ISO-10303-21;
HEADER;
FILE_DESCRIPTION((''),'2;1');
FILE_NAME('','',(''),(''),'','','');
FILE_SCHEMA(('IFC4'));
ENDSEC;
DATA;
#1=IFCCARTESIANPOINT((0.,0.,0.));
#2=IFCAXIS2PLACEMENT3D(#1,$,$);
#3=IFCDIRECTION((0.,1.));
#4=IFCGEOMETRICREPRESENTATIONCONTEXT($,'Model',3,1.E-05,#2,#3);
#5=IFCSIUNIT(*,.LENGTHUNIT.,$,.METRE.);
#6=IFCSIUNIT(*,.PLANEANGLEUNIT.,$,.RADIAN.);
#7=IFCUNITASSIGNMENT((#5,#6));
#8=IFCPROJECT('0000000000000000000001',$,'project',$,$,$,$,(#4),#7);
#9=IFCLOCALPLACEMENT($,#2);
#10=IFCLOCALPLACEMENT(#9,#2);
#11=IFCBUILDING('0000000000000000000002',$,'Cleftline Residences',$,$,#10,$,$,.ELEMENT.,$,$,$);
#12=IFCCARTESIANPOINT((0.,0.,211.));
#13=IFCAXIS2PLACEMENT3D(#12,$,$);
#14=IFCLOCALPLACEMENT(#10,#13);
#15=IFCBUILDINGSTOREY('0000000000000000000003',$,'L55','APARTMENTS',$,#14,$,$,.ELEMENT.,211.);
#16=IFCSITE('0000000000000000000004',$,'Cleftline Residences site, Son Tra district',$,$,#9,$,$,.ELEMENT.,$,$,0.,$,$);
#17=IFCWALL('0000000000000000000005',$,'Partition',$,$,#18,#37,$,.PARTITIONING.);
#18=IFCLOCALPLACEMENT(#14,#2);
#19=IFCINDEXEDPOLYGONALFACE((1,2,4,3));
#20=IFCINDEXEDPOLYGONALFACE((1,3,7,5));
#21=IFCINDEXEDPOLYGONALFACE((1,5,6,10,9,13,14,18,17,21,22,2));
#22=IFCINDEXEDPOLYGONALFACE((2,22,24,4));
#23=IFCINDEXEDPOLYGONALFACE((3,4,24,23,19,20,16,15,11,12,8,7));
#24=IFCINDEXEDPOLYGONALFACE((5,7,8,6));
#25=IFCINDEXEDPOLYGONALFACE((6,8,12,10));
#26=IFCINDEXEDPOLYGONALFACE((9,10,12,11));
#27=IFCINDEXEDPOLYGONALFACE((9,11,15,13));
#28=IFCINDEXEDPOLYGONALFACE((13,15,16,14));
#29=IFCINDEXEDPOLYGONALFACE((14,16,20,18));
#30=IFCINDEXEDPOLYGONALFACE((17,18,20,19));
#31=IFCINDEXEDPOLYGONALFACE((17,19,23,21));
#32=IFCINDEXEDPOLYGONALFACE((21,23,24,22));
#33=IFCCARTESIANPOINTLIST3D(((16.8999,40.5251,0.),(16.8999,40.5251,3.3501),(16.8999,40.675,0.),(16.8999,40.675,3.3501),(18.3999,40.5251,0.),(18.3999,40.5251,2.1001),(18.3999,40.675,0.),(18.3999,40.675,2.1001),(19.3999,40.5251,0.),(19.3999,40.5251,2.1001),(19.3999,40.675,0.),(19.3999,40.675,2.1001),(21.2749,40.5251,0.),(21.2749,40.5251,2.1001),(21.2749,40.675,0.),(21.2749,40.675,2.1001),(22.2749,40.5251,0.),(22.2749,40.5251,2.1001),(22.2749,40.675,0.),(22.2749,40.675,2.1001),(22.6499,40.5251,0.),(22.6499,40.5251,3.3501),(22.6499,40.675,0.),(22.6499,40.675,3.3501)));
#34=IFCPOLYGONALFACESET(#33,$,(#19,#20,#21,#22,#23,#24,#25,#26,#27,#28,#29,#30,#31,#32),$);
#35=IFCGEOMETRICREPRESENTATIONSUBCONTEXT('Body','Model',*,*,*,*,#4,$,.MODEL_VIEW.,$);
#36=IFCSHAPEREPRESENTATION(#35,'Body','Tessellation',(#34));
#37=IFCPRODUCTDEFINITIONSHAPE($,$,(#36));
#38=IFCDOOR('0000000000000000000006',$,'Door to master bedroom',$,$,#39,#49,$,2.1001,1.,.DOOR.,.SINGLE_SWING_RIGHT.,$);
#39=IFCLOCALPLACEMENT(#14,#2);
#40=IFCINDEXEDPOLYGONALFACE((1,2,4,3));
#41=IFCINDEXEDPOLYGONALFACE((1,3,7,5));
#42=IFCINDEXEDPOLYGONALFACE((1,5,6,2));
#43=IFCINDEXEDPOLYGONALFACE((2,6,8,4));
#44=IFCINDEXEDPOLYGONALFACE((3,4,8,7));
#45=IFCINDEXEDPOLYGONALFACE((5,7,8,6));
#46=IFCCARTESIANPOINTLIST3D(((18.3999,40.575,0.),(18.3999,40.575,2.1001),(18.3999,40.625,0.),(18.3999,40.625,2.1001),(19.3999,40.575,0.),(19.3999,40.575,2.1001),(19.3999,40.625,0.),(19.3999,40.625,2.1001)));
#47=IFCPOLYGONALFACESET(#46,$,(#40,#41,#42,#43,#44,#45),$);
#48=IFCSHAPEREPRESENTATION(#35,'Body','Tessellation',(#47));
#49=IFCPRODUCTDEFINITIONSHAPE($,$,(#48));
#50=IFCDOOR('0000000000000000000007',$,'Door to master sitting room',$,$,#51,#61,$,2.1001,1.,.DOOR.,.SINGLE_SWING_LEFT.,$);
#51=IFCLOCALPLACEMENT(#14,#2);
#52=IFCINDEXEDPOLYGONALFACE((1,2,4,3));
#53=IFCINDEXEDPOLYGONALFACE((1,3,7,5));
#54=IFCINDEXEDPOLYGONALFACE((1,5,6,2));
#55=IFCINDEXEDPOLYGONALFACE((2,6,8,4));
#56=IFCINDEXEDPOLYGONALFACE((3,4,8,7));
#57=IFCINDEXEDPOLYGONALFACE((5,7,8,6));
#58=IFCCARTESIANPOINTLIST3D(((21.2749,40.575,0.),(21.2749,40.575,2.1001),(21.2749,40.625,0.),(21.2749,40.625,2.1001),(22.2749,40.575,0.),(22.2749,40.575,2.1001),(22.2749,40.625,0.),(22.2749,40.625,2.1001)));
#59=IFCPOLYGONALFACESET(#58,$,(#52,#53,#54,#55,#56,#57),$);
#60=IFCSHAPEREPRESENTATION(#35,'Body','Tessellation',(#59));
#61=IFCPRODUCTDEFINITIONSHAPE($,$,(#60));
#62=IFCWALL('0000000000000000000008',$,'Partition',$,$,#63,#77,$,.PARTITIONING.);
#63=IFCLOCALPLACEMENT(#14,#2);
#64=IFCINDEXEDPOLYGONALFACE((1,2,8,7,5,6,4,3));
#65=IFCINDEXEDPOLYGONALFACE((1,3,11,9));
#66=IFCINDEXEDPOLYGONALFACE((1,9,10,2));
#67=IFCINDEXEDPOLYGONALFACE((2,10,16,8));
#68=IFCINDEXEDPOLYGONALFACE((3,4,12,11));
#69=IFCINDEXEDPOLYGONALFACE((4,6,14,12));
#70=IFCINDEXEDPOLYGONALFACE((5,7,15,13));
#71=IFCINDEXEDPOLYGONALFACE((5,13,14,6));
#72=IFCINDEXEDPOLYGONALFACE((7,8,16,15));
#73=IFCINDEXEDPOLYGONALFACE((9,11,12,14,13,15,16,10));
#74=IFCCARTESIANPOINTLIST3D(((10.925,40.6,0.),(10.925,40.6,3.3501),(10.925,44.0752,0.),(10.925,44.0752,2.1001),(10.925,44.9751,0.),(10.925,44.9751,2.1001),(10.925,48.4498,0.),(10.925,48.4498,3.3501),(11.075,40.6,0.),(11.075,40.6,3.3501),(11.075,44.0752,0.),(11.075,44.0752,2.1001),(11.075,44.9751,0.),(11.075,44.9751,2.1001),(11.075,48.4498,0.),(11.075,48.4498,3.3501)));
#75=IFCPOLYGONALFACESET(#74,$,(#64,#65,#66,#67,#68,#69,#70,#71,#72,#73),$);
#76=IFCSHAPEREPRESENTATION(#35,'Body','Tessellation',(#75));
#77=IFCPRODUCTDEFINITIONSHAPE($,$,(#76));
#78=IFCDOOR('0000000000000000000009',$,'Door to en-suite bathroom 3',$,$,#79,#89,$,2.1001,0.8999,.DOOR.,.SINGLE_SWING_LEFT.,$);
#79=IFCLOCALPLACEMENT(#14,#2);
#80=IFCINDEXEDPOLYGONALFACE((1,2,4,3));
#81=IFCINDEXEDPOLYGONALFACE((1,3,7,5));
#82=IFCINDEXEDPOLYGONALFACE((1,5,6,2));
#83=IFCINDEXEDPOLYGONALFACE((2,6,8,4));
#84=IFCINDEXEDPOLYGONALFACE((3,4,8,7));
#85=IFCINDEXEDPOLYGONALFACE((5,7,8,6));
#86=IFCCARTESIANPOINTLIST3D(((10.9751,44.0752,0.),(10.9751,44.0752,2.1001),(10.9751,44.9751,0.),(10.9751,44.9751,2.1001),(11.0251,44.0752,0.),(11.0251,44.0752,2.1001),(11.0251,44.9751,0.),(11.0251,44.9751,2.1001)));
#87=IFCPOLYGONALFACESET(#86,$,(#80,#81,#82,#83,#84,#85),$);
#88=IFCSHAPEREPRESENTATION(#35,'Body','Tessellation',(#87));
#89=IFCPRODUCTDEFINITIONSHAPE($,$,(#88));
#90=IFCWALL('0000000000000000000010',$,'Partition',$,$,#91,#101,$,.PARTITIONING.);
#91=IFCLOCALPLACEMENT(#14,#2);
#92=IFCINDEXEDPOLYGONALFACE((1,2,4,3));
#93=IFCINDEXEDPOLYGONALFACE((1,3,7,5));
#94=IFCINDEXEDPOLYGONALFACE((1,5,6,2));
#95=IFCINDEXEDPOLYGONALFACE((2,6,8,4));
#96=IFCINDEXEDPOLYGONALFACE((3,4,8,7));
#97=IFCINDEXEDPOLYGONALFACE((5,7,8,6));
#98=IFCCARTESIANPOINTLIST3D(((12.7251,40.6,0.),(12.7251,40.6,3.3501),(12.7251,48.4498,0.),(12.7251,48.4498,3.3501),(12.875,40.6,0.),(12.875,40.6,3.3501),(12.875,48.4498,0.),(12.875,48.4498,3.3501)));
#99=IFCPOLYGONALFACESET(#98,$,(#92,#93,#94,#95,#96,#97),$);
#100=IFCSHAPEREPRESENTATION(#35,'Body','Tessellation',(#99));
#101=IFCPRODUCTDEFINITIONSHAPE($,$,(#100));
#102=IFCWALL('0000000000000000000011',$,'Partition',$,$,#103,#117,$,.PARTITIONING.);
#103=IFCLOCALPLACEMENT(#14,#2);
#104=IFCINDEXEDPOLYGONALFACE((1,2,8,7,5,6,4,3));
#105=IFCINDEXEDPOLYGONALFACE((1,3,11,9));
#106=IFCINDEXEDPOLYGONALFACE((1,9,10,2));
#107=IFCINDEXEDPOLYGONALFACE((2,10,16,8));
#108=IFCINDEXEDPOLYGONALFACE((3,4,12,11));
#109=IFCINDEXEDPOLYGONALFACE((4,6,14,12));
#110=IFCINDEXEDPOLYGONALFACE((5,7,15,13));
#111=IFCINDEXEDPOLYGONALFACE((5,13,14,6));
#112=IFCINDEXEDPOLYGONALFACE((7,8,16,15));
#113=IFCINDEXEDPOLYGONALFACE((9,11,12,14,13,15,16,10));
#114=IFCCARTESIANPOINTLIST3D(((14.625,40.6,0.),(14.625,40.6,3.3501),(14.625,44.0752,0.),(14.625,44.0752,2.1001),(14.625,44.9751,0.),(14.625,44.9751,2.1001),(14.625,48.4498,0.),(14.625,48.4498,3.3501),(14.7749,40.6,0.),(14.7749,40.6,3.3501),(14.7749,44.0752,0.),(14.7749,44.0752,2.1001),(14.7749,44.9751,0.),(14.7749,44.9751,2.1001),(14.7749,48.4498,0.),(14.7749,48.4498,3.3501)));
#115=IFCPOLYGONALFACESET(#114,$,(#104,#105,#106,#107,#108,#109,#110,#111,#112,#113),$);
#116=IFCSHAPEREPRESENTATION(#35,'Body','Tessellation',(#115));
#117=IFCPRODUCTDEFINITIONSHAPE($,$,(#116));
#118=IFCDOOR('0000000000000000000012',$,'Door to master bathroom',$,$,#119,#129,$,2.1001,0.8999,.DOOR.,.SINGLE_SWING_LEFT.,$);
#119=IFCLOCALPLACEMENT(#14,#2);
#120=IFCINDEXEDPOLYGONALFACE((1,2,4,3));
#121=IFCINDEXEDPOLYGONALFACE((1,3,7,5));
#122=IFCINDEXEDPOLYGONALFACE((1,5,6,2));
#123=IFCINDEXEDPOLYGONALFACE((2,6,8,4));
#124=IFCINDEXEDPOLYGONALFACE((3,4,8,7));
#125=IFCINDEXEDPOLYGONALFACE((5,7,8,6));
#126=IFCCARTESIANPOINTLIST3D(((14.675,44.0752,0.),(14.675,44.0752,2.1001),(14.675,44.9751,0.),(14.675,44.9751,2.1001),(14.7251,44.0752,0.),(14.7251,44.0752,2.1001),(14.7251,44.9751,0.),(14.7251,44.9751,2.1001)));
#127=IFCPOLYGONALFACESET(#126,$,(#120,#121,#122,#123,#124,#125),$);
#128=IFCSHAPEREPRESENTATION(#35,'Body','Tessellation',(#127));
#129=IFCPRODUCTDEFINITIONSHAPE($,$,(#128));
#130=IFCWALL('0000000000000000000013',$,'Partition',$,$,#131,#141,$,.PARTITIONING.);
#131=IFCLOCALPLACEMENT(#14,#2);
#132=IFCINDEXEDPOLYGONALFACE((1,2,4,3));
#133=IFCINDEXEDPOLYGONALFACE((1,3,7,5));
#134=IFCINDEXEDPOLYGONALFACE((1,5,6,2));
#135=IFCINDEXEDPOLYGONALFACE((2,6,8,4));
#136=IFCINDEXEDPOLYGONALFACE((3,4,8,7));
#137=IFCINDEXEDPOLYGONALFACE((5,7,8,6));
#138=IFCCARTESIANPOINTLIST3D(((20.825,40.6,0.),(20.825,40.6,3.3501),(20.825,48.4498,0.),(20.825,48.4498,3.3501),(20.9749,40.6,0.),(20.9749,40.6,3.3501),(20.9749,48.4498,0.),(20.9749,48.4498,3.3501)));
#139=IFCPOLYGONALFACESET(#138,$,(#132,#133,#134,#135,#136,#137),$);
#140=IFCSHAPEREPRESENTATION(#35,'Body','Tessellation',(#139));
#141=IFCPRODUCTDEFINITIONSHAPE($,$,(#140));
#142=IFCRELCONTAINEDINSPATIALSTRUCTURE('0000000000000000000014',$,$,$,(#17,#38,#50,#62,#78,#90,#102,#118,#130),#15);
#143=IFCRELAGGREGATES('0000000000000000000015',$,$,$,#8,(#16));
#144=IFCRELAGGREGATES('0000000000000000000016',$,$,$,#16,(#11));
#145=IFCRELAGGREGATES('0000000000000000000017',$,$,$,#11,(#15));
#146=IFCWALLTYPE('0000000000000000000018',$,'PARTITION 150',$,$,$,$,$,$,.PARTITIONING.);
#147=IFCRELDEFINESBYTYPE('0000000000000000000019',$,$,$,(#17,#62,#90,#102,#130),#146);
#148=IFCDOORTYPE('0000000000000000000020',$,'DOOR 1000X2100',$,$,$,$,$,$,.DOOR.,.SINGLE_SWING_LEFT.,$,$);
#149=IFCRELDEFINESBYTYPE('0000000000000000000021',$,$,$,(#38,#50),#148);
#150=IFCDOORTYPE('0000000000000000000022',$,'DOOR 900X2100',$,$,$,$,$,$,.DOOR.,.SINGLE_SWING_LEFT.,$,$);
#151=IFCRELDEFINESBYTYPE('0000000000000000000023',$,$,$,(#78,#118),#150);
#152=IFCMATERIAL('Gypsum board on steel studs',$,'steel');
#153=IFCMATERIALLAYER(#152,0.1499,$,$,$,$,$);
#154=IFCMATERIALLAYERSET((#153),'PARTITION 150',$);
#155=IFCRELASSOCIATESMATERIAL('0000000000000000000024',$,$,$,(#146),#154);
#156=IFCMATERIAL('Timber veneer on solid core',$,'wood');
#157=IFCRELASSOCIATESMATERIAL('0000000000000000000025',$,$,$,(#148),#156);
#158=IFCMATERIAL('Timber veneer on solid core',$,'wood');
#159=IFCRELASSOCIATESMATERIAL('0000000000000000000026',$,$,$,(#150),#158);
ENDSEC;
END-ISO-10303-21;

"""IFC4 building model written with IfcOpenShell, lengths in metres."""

from ifc_helpers import new_model, si_unit, direction, frame, frame_2d, origin, place, context, subcontext, project, spatial, rectangle, extrude, material, layer, layer_set, type_object, element, fill, save


model = new_model("IFC4")

# Units and contexts
model_context = context("Model", 3, precision=1e-05, world=origin(), true_north=direction((0.0, 1.0)))
body_context = subcontext(model_context, "Body", "Model", "MODEL_VIEW")
ifc_project = project(units=[si_unit("LENGTHUNIT", "METRE"), si_unit("PLANEANGLEUNIT", "RADIAN")], contexts=[model_context])

# Site, building, storey
site_placement = place(None, origin())
site = spatial("IfcSite", under=ifc_project, at=site_placement, Name="Cleftline Residences site, Son Tra district", CompositionType="ELEMENT", RefElevation=0.0)
building_placement = place(site_placement, origin())
building = spatial("IfcBuilding", under=site, at=building_placement, Name="Cleftline Residences", CompositionType="ELEMENT")
storey_placement = place(building_placement, frame((0.0, 0.0, 211.0)))
storey = spatial("IfcBuildingStorey", under=building, at=storey_placement, Name="L55", Description="APARTMENTS", CompositionType="ELEMENT", Elevation=211.0)

# Shared definitions
ifc_material_1 = material(Name="Gypsum board on steel studs", Category="steel")
ifc_layer = layer(ifc_material_1, 0.1499)
ifc_layer_set = layer_set([ifc_layer], Name="PARTITION 150")
wall_type = type_object("IfcWallType", Name="PARTITION 150", PredefinedType="PARTITIONING", material=ifc_layer_set)
ifc_material_2 = material(Name="Timber veneer on solid core", Category="wood")
door_type_1 = type_object("IfcDoorType", Name="DOOR 1000X2100", OperationType="SINGLE_SWING_LEFT", PredefinedType="DOOR", material=ifc_material_2)

# Wall, openings, doors
wall_1_placement = place(storey_placement, frame((16.8999, 40.6001, 0.0), z_axis=(0.0, 0.0, 1.0), x_axis=(1.0, 0.0, 0.0)))
wall_1 = element("IfcWall", 1, at=wall_1_placement, inside=storey, type_object=wall_type, Name="Partition", PredefinedType="PARTITIONING", context=body_context, shape_type="SweptSolid", body=[
    extrude(rectangle(XDim=5.75, YDim=0.1499, at=frame_2d((2.875, 0.0))), origin(), (0.0, 0.0, 1.0), 3.3501),
])
opening_1_placement = place(wall_1_placement, frame((1.5, 0.0, 0.0)))
opening_1 = element("IfcOpeningElement", 2, at=opening_1_placement, cuts=wall_1, PredefinedType="OPENING", context=body_context, shape_type="SweptSolid", body=[
    extrude(rectangle(XDim=1.0, YDim=2.1001, at=frame_2d((0.5, 1.05))), frame((0.0, 0.085, 0.0), z_axis=(0.0, -1.0, 0.0), x_axis=(1.0, 0.0, 0.0)), (0.0, 0.0, 1.0), 0.1699),
])
opening_2_placement = place(wall_1_placement, frame((4.375, 0.0, 0.0)))
opening_2 = element("IfcOpeningElement", 3, at=opening_2_placement, cuts=wall_1, PredefinedType="OPENING", context=body_context, shape_type="SweptSolid", body=[
    extrude(rectangle(XDim=1.0, YDim=2.1001, at=frame_2d((0.5, 1.05))), frame((0.0, 0.085, 0.0), z_axis=(0.0, -1.0, 0.0), x_axis=(1.0, 0.0, 0.0)), (0.0, 0.0, 1.0), 0.1699),
])
door_1_placement = place(opening_1_placement, origin())
door_1 = element("IfcDoor", 4, at=door_1_placement, inside=storey, type_object=door_type_1, Name="Door to master bedroom", OperationType="SINGLE_SWING_RIGHT", OverallHeight=2.1001, OverallWidth=1.0, PredefinedType="DOOR", context=body_context, shape_type="SweptSolid", body=[
    extrude(rectangle(XDim=1.0, YDim=2.1001, at=frame_2d((0.5, 1.05))), frame((0.0, 0.0249, 0.0), z_axis=(0.0, -1.0, 0.0), x_axis=(1.0, 0.0, 0.0)), (0.0, 0.0, 1.0), 0.05),
])
fill(opening_1, door_1)
door_2_placement = place(opening_2_placement, origin())
door_2 = element("IfcDoor", 5, at=door_2_placement, inside=storey, type_object=door_type_1, Name="Door to master sitting room", OperationType="SINGLE_SWING_LEFT", OverallHeight=2.1001, OverallWidth=1.0, PredefinedType="DOOR", context=body_context, shape_type="SweptSolid", body=[
    extrude(rectangle(XDim=1.0, YDim=2.1001, at=frame_2d((0.5, 1.05))), frame((0.0, 0.0249, 0.0), z_axis=(0.0, -1.0, 0.0), x_axis=(1.0, 0.0, 0.0)), (0.0, 0.0, 1.0), 0.05),
])
fill(opening_2, door_2)

# Wall, opening, door
wall_2_placement = place(storey_placement, frame((11.0, 40.6001, 0.0), z_axis=(0.0, 0.0, 1.0), x_axis=(0.0, 1.0, 0.0)))
wall_2 = element("IfcWall", 6, at=wall_2_placement, inside=storey, type_object=wall_type, Name="Partition", PredefinedType="PARTITIONING", context=body_context, shape_type="SweptSolid", body=[
    extrude(rectangle(XDim=7.8499, YDim=0.1499, at=frame_2d((3.9248, 0.0))), origin(), (0.0, 0.0, 1.0), 3.3501),
])
opening_3_placement = place(wall_2_placement, frame((3.4751, 0.0, 0.0)))
opening_3 = element("IfcOpeningElement", 7, at=opening_3_placement, cuts=wall_2, PredefinedType="OPENING", context=body_context, shape_type="SweptSolid", body=[
    extrude(rectangle(XDim=0.8999, YDim=2.1001, at=frame_2d((0.45, 1.05))), frame((0.0, 0.085, 0.0), z_axis=(0.0, -1.0, 0.0), x_axis=(1.0, 0.0, 0.0)), (0.0, 0.0, 1.0), 0.1699),
])
ifc_material_3 = material(Name="Timber veneer on solid core", Category="wood")
door_type_2 = type_object("IfcDoorType", Name="DOOR 900X2100", OperationType="SINGLE_SWING_LEFT", PredefinedType="DOOR", material=ifc_material_3)
door_3_placement = place(opening_3_placement, origin())
door_3 = element("IfcDoor", 8, at=door_3_placement, inside=storey, type_object=door_type_2, Name="Door to en-suite bathroom 3", OperationType="SINGLE_SWING_LEFT", OverallHeight=2.1001, OverallWidth=0.8999, PredefinedType="DOOR", context=body_context, shape_type="SweptSolid", body=[
    extrude(rectangle(XDim=0.8999, YDim=2.1001, at=frame_2d((0.45, 1.05))), frame((0.0, 0.0249, 0.0), z_axis=(0.0, -1.0, 0.0), x_axis=(1.0, 0.0, 0.0)), (0.0, 0.0, 1.0), 0.05),
])
fill(opening_3, door_3)

# Wall
wall_3_placement = place(storey_placement, frame((12.8, 40.6001, 0.0), z_axis=(0.0, 0.0, 1.0), x_axis=(0.0, 1.0, 0.0)))
element("IfcWall", 9, at=wall_3_placement, inside=storey, type_object=wall_type, Name="Partition", PredefinedType="PARTITIONING", context=body_context, shape_type="SweptSolid", body=[
    extrude(rectangle(XDim=7.8499, YDim=0.1499, at=frame_2d((3.9248, 0.0))), origin(), (0.0, 0.0, 1.0), 3.3501),
])

# Wall, opening, door
wall_4_placement = place(storey_placement, frame((14.7, 40.6001, 0.0), z_axis=(0.0, 0.0, 1.0), x_axis=(0.0, 1.0, 0.0)))
wall_4 = element("IfcWall", 10, at=wall_4_placement, inside=storey, type_object=wall_type, Name="Partition", PredefinedType="PARTITIONING", context=body_context, shape_type="SweptSolid", body=[
    extrude(rectangle(XDim=7.8499, YDim=0.1499, at=frame_2d((3.9248, 0.0))), origin(), (0.0, 0.0, 1.0), 3.3501),
])
opening_4_placement = place(wall_4_placement, frame((3.4751, 0.0, 0.0)))
opening_4 = element("IfcOpeningElement", 11, at=opening_4_placement, cuts=wall_4, PredefinedType="OPENING", context=body_context, shape_type="SweptSolid", body=[
    extrude(rectangle(XDim=0.8999, YDim=2.1001, at=frame_2d((0.45, 1.05))), frame((0.0, 0.085, 0.0), z_axis=(0.0, -1.0, 0.0), x_axis=(1.0, 0.0, 0.0)), (0.0, 0.0, 1.0), 0.1699),
])
door_4_placement = place(opening_4_placement, origin())
door_4 = element("IfcDoor", 12, at=door_4_placement, inside=storey, type_object=door_type_2, Name="Door to master bathroom", OperationType="SINGLE_SWING_LEFT", OverallHeight=2.1001, OverallWidth=0.8999, PredefinedType="DOOR", context=body_context, shape_type="SweptSolid", body=[
    extrude(rectangle(XDim=0.8999, YDim=2.1001, at=frame_2d((0.45, 1.05))), frame((0.0, 0.0249, 0.0), z_axis=(0.0, -1.0, 0.0), x_axis=(1.0, 0.0, 0.0)), (0.0, 0.0, 1.0), 0.05),
])
fill(opening_4, door_4)

# Wall
wall_5_placement = place(storey_placement, frame((20.8999, 40.6001, 0.0), z_axis=(0.0, 0.0, 1.0), x_axis=(0.0, 1.0, 0.0)))
element("IfcWall", 13, at=wall_5_placement, inside=storey, type_object=wall_type, Name="Partition", PredefinedType="PARTITIONING", context=body_context, shape_type="SweptSolid", body=[
    extrude(rectangle(XDim=7.8499, YDim=0.1499, at=frame_2d((3.9248, 0.0))), origin(), (0.0, 0.0, 1.0), 3.3501),
])

save(model, "model.ifc")
